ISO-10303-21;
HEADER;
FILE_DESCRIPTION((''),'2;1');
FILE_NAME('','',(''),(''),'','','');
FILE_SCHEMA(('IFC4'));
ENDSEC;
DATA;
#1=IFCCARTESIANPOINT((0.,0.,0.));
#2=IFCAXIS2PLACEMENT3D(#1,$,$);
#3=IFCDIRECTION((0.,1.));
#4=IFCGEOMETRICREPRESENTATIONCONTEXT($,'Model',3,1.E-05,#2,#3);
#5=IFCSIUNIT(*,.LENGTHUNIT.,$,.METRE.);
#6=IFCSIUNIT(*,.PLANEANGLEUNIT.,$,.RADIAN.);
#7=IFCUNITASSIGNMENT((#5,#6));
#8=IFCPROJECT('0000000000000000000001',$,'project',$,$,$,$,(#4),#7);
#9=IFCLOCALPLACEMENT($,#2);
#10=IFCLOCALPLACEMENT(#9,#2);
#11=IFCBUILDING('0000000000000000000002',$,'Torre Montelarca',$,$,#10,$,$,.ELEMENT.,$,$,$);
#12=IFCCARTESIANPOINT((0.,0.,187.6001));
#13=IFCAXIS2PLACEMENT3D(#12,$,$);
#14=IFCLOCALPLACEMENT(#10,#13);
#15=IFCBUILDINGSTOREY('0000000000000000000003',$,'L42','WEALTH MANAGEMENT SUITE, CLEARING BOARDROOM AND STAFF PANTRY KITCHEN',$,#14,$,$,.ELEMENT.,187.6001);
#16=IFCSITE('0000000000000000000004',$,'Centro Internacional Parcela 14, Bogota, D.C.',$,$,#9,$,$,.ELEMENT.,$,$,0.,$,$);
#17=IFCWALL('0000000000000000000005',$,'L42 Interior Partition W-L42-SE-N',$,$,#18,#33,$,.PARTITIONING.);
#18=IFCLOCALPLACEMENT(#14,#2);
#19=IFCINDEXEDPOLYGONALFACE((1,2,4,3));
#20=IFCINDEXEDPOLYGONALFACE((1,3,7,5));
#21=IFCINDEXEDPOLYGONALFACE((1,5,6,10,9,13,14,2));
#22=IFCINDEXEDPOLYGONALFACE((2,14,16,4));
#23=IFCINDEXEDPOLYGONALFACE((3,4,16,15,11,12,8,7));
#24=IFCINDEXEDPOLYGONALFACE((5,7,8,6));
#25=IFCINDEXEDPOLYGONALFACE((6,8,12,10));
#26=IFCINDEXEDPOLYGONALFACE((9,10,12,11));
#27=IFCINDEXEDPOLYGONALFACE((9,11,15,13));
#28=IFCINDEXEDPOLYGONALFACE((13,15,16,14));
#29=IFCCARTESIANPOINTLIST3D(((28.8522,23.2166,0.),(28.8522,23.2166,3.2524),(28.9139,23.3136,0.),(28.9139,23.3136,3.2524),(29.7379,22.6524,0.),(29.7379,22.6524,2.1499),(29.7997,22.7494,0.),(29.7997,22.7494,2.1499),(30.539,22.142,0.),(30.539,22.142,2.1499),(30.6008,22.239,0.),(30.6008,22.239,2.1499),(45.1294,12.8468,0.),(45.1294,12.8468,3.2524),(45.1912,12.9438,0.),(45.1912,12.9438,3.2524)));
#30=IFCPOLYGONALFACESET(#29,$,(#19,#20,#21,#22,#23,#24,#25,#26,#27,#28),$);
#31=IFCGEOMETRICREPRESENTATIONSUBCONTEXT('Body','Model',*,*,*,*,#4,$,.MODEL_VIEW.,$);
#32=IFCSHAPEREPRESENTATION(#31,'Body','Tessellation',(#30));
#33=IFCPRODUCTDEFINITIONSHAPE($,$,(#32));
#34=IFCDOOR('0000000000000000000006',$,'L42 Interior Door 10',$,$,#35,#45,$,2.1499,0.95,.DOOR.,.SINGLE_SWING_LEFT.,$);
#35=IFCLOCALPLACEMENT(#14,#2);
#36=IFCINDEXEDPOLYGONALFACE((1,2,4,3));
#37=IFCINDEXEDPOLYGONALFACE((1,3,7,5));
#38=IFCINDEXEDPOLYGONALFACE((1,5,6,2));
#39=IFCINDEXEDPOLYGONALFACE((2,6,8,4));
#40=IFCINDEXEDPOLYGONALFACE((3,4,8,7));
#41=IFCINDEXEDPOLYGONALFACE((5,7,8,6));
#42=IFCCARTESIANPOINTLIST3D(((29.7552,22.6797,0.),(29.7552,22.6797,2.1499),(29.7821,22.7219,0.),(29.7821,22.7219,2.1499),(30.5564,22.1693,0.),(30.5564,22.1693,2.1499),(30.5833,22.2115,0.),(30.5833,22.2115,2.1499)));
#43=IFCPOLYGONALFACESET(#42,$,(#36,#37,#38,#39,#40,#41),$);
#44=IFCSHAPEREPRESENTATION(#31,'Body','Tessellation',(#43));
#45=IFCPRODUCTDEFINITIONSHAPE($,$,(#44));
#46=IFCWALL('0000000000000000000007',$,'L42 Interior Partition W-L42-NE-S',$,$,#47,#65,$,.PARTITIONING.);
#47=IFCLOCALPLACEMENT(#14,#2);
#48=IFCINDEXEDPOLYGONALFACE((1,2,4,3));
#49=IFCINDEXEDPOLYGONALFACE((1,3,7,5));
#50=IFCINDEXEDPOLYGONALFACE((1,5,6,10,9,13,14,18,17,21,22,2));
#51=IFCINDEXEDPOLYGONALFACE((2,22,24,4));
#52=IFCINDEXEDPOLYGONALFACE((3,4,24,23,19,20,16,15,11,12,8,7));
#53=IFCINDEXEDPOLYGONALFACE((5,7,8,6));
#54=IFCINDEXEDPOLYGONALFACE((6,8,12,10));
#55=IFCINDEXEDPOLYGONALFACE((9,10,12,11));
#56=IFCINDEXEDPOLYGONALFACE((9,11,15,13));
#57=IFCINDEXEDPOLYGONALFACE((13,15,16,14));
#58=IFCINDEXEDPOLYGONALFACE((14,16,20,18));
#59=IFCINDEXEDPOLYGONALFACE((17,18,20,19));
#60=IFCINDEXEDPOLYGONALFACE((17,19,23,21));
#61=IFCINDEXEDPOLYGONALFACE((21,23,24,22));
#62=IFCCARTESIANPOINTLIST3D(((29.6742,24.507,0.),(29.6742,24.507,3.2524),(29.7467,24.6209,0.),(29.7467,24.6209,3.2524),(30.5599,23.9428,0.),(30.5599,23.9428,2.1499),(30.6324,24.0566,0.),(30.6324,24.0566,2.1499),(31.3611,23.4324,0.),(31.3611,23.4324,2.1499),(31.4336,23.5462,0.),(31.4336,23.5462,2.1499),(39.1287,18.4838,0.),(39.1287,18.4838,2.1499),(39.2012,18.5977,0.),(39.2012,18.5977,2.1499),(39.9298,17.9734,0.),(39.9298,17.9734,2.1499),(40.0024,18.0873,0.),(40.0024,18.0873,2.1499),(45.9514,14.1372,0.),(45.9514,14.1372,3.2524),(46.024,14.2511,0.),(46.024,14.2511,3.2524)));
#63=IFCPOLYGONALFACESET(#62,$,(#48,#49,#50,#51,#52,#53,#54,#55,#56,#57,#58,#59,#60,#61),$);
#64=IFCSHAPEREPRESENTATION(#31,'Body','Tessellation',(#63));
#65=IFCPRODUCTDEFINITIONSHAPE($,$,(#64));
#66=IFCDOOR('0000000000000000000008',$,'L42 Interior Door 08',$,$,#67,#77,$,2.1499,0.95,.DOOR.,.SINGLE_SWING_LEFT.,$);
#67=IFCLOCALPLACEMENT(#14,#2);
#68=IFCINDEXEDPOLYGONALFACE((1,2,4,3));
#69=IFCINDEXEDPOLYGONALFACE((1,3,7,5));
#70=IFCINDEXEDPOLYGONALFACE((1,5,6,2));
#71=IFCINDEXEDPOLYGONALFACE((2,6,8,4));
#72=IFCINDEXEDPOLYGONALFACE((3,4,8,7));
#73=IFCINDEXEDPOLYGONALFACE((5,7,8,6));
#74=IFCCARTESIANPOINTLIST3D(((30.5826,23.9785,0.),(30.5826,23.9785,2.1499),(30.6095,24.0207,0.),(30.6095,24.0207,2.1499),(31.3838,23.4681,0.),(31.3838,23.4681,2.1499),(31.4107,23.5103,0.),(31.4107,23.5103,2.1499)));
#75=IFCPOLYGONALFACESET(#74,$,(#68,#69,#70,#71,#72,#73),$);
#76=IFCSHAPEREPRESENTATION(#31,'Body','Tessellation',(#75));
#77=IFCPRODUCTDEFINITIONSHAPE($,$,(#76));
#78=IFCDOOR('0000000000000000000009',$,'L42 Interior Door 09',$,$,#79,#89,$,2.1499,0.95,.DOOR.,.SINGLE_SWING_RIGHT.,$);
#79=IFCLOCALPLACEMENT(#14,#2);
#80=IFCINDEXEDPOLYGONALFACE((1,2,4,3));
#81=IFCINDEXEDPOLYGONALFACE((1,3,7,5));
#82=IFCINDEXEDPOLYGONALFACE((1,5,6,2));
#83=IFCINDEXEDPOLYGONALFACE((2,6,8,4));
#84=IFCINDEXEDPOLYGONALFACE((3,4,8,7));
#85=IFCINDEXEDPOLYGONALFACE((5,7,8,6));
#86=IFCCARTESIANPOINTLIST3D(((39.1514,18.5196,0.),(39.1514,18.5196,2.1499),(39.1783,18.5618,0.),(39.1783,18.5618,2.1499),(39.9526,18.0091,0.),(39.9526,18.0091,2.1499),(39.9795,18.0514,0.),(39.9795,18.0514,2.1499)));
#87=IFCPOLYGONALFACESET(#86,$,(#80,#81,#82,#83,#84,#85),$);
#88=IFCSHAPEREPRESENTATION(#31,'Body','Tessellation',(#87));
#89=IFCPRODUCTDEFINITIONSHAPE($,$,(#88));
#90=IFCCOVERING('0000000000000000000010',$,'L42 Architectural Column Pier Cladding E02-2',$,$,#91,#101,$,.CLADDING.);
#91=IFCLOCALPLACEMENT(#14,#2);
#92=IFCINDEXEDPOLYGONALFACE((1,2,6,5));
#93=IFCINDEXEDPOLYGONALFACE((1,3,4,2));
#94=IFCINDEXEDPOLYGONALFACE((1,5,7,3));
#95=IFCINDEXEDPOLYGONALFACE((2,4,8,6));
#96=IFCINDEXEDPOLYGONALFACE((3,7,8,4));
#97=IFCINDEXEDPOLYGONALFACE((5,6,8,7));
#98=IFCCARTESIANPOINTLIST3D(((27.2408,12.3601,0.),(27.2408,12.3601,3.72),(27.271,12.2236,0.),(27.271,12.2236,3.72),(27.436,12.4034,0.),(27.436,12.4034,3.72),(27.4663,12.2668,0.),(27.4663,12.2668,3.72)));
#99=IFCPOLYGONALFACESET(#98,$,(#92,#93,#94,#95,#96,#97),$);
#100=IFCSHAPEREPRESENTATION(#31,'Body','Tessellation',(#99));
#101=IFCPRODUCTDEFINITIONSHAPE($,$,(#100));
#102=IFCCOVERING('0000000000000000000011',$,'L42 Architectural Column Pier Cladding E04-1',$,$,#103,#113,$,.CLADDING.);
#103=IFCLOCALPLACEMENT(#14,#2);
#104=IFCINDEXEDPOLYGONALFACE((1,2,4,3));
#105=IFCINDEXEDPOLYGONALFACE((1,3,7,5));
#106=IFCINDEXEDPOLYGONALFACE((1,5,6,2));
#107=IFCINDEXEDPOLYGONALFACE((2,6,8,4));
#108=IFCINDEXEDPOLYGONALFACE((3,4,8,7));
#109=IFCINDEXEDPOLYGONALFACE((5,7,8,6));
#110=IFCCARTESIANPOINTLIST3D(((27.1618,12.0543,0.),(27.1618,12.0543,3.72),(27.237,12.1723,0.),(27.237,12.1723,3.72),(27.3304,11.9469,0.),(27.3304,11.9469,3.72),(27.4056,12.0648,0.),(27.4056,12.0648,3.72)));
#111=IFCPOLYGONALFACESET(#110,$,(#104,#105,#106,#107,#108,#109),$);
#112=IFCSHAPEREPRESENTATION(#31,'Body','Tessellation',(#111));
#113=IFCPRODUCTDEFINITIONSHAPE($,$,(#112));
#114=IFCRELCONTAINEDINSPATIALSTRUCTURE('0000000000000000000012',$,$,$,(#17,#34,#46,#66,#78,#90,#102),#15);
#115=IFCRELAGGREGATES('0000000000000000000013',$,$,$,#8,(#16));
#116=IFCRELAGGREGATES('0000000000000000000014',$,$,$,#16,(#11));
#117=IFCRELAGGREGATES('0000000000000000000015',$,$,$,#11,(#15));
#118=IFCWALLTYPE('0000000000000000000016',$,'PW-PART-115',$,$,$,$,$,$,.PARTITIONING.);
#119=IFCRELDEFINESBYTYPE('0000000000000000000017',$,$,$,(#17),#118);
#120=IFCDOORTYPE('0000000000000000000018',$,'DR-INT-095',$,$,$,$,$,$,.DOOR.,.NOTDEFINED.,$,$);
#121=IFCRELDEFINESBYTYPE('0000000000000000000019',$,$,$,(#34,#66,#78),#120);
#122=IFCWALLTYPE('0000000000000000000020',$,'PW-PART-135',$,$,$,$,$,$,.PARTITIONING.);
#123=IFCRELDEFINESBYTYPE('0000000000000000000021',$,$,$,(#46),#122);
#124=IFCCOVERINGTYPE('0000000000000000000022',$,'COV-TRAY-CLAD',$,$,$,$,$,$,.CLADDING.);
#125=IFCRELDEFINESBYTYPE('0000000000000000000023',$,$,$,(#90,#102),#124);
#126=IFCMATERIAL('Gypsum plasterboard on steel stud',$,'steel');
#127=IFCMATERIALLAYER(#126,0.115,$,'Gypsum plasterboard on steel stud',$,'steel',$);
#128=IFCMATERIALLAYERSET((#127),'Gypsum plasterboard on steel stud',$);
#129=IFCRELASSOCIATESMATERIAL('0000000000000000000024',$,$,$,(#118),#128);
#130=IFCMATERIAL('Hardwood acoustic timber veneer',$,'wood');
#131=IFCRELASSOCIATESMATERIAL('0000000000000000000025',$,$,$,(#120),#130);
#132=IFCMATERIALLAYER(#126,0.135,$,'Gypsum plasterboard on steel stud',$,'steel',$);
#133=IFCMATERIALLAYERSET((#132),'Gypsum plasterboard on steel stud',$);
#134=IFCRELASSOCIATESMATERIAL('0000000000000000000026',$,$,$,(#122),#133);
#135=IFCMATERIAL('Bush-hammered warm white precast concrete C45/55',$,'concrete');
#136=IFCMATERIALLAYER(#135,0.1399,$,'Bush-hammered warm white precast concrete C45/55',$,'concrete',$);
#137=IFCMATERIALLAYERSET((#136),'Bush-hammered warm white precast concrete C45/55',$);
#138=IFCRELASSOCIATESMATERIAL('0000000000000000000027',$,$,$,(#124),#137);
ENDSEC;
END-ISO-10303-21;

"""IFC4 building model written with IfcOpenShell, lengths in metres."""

from ifc_helpers import new_model, si_unit, direction, frame, frame_2d, origin, origin_2d, place, context, subcontext, project, spatial, rectangle, extrude, source, transform, mapped, material, layer, layer_set, type_object, element, fill, save


model = new_model("IFC4")

# Units and contexts
model_context = context("Model", 3, precision=1e-05, world=origin(), true_north=direction((0.0, 1.0)))
body_context = subcontext(model_context, "Body", "Model", "MODEL_VIEW")
ifc_project = project(units=[si_unit("LENGTHUNIT", "METRE"), si_unit("PLANEANGLEUNIT", "RADIAN")], contexts=[model_context])

# Site, building, storey
site_placement = place(None, origin())
site = spatial("IfcSite", under=ifc_project, at=site_placement, Name="Centro Internacional Parcela 14, Bogota, D.C.", CompositionType="ELEMENT", RefElevation=0.0)
building_placement = place(site_placement, origin())
building = spatial("IfcBuilding", under=site, at=building_placement, Name="Torre Montelarca", CompositionType="ELEMENT")
storey_placement = place(building_placement, frame((0.0, 0.0, 187.6001)))
storey = spatial("IfcBuildingStorey", under=building, at=storey_placement, Name="L42", Description="WEALTH MANAGEMENT SUITE, CLEARING BOARDROOM AND STAFF PANTRY KITCHEN", CompositionType="ELEMENT", Elevation=187.6001)

# Shared definitions
ifc_material_1 = material(Name="Gypsum plasterboard on steel stud", Category="steel")

# Wall, opening, door
ifc_layer_1 = layer(ifc_material_1, 0.115, Name="Gypsum plasterboard on steel stud", Category="steel")
ifc_layer_set_1 = layer_set([ifc_layer_1], Name="Gypsum plasterboard on steel stud")
wall_type_1 = type_object("IfcWallType", Name="PW-PART-115", PredefinedType="PARTITIONING", material=ifc_layer_set_1)
wall_1_placement = place(storey_placement, frame((28.8831, 23.2651, 0.0), z_axis=(0.0, 0.0, 1.0), x_axis=(0.84339, -0.537302, 0.0)))
wall_1 = element("IfcWall", 1, at=wall_1_placement, inside=storey, type_object=wall_type_1, Name="L42 Interior Partition W-L42-SE-N", PredefinedType="PARTITIONING", context=body_context, shape_type="SweptSolid", body=[
    extrude(rectangle(XDim=19.2998, YDim=0.115, at=frame_2d((9.6499, 0.0))), origin(), (0.0, 0.0, 1.0), 3.2524),
])
opening_1_placement = place(wall_1_placement, frame((1.05, 0.0, 0.0)))
opening_1 = element("IfcOpeningElement", 2, at=opening_1_placement, cuts=wall_1, PredefinedType="OPENING", context=body_context, shape_type="SweptSolid", body=[
    extrude(rectangle(XDim=0.95, YDim=2.1499, at=frame_2d((0.4751, 1.075))), frame((0.0, 0.0674, 0.0), z_axis=(0.0, -1.0, 0.0), x_axis=(1.0, 0.0, 0.0)), (0.0, 0.0, 1.0), 0.135),
])
ifc_material_2 = material(Name="Hardwood acoustic timber veneer", Category="wood")
door_type_1 = type_object("IfcDoorType", Name="DR-INT-095", OperationType="NOTDEFINED", PredefinedType="DOOR", material=ifc_material_2)
shared_shape_1 = source(origin(), body_context, "Body", "SweptSolid", [
    extrude(rectangle(XDim=0.95, YDim=2.1499, at=frame_2d((0.4751, 1.075))), frame((0.0, 0.0249, 0.0), z_axis=(0.0, -1.0, 0.0), x_axis=(1.0, 0.0, 0.0)), (0.0, 0.0, 1.0), 0.05),
])
door_1_placement = place(opening_1_placement, origin())
door_1 = element("IfcDoor", 3, at=door_1_placement, inside=storey, type_object=door_type_1, Name="L42 Interior Door 10", OperationType="SINGLE_SWING_LEFT", OverallHeight=2.1499, OverallWidth=0.95, PredefinedType="DOOR", context=body_context, shape_type="MappedRepresentation", body=[
    mapped(shared_shape_1, transform((0.0, 0.0, 0.0), scale=1.0)),
])
fill(opening_1, door_1)

# Wall, openings, doors
ifc_layer_2 = layer(ifc_material_1, 0.135, Name="Gypsum plasterboard on steel stud", Category="steel")
ifc_layer_set_2 = layer_set([ifc_layer_2], Name="Gypsum plasterboard on steel stud")
wall_type_2 = type_object("IfcWallType", Name="PW-PART-135", PredefinedType="PARTITIONING", material=ifc_layer_set_2)
wall_2_placement = place(storey_placement, frame((29.7104, 24.564, 0.0), z_axis=(0.0, 0.0, 1.0), x_axis=(0.84339, -0.537302, 0.0)))
wall_2 = element("IfcWall", 4, at=wall_2_placement, inside=storey, type_object=wall_type_2, Name="L42 Interior Partition W-L42-NE-S", PredefinedType="PARTITIONING", context=body_context, shape_type="SweptSolid", body=[
    extrude(rectangle(XDim=19.2998, YDim=0.135, at=frame_2d((9.6499, 0.0))), origin(), (0.0, 0.0, 1.0), 3.2524),
])
opening_2_placement = place(wall_2_placement, frame((1.05, 0.0, 0.0)))
opening_2 = element("IfcOpeningElement", 5, at=opening_2_placement, cuts=wall_2, PredefinedType="OPENING", context=body_context, shape_type="SweptSolid", body=[
    extrude(rectangle(XDim=0.95, YDim=2.1499, at=frame_2d((0.4751, 1.075))), frame((0.0, 0.0776, 0.0), z_axis=(0.0, -1.0, 0.0), x_axis=(1.0, 0.0, 0.0)), (0.0, 0.0, 1.0), 0.155),
])
opening_3_placement = place(wall_2_placement, frame((11.21, 0.0, 0.0)))
opening_3 = element("IfcOpeningElement", 6, at=opening_3_placement, cuts=wall_2, PredefinedType="OPENING", context=body_context, shape_type="SweptSolid", body=[
    extrude(rectangle(XDim=0.95, YDim=2.1499, at=frame_2d((0.4751, 1.075))), frame((0.0, 0.0776, 0.0), z_axis=(0.0, -1.0, 0.0), x_axis=(1.0, 0.0, 0.0)), (0.0, 0.0, 1.0), 0.155),
])
door_2_placement = place(opening_2_placement, origin())
door_2 = element("IfcDoor", 7, at=door_2_placement, inside=storey, type_object=door_type_1, Name="L42 Interior Door 08", OperationType="SINGLE_SWING_LEFT", OverallHeight=2.1499, OverallWidth=0.95, PredefinedType="DOOR", context=body_context, shape_type="MappedRepresentation", body=[
    mapped(shared_shape_1, transform((0.0, 0.0, 0.0), scale=1.0)),
])
fill(opening_2, door_2)
door_3_placement = place(opening_3_placement, origin())
door_3 = element("IfcDoor", 8, at=door_3_placement, inside=storey, type_object=door_type_1, Name="L42 Interior Door 09", OperationType="SINGLE_SWING_RIGHT", OverallHeight=2.1499, OverallWidth=0.95, PredefinedType="DOOR", context=body_context, shape_type="MappedRepresentation", body=[
    mapped(shared_shape_1, transform((0.0, 0.0, 0.0), scale=1.0)),
])
fill(opening_3, door_3)

# Coverings
ifc_material_3 = material(Name="Bush-hammered warm white precast concrete C45/55", Category="concrete")
ifc_layer_3 = layer(ifc_material_3, 0.1399, Name="Bush-hammered warm white precast concrete C45/55", Category="concrete")
ifc_layer_set_3 = layer_set([ifc_layer_3], Name="Bush-hammered warm white precast concrete C45/55")
covering_type = type_object("IfcCoveringType", Name="COV-TRAY-CLAD", PredefinedType="CLADDING", material=ifc_layer_set_3)
shared_shape_2 = source(origin(), body_context, "Body", "SweptSolid", [
    extrude(rectangle(XDim=0.2, YDim=0.1399, at=origin_2d()), origin(), (0.0, 0.0, 1.0), 3.72),
])
for number, where, z_axis, x_axis, name in (
    (9, (27.3535, 12.3135, 0.0), (0.0, 0.0, 1.0), (0.976299, 0.216424, 0.0), "L42 Architectural Column Pier Cladding E02-2"),
    (10, (27.2837, 12.0596, 0.0), (0.0, 0.0, 1.0), (0.843385, -0.53731, 0.0), "L42 Architectural Column Pier Cladding E04-1"),
):
    element("IfcCovering", number, at=place(storey_placement, frame(where, z_axis=z_axis, x_axis=x_axis)), inside=storey, type_object=covering_type, Name=name, PredefinedType="CLADDING", context=body_context, shape_type="MappedRepresentation", body=[
        mapped(shared_shape_2, transform((0.0, 0.0, 0.0), scale=1.0)),
    ])

save(model, "model.ifc")
